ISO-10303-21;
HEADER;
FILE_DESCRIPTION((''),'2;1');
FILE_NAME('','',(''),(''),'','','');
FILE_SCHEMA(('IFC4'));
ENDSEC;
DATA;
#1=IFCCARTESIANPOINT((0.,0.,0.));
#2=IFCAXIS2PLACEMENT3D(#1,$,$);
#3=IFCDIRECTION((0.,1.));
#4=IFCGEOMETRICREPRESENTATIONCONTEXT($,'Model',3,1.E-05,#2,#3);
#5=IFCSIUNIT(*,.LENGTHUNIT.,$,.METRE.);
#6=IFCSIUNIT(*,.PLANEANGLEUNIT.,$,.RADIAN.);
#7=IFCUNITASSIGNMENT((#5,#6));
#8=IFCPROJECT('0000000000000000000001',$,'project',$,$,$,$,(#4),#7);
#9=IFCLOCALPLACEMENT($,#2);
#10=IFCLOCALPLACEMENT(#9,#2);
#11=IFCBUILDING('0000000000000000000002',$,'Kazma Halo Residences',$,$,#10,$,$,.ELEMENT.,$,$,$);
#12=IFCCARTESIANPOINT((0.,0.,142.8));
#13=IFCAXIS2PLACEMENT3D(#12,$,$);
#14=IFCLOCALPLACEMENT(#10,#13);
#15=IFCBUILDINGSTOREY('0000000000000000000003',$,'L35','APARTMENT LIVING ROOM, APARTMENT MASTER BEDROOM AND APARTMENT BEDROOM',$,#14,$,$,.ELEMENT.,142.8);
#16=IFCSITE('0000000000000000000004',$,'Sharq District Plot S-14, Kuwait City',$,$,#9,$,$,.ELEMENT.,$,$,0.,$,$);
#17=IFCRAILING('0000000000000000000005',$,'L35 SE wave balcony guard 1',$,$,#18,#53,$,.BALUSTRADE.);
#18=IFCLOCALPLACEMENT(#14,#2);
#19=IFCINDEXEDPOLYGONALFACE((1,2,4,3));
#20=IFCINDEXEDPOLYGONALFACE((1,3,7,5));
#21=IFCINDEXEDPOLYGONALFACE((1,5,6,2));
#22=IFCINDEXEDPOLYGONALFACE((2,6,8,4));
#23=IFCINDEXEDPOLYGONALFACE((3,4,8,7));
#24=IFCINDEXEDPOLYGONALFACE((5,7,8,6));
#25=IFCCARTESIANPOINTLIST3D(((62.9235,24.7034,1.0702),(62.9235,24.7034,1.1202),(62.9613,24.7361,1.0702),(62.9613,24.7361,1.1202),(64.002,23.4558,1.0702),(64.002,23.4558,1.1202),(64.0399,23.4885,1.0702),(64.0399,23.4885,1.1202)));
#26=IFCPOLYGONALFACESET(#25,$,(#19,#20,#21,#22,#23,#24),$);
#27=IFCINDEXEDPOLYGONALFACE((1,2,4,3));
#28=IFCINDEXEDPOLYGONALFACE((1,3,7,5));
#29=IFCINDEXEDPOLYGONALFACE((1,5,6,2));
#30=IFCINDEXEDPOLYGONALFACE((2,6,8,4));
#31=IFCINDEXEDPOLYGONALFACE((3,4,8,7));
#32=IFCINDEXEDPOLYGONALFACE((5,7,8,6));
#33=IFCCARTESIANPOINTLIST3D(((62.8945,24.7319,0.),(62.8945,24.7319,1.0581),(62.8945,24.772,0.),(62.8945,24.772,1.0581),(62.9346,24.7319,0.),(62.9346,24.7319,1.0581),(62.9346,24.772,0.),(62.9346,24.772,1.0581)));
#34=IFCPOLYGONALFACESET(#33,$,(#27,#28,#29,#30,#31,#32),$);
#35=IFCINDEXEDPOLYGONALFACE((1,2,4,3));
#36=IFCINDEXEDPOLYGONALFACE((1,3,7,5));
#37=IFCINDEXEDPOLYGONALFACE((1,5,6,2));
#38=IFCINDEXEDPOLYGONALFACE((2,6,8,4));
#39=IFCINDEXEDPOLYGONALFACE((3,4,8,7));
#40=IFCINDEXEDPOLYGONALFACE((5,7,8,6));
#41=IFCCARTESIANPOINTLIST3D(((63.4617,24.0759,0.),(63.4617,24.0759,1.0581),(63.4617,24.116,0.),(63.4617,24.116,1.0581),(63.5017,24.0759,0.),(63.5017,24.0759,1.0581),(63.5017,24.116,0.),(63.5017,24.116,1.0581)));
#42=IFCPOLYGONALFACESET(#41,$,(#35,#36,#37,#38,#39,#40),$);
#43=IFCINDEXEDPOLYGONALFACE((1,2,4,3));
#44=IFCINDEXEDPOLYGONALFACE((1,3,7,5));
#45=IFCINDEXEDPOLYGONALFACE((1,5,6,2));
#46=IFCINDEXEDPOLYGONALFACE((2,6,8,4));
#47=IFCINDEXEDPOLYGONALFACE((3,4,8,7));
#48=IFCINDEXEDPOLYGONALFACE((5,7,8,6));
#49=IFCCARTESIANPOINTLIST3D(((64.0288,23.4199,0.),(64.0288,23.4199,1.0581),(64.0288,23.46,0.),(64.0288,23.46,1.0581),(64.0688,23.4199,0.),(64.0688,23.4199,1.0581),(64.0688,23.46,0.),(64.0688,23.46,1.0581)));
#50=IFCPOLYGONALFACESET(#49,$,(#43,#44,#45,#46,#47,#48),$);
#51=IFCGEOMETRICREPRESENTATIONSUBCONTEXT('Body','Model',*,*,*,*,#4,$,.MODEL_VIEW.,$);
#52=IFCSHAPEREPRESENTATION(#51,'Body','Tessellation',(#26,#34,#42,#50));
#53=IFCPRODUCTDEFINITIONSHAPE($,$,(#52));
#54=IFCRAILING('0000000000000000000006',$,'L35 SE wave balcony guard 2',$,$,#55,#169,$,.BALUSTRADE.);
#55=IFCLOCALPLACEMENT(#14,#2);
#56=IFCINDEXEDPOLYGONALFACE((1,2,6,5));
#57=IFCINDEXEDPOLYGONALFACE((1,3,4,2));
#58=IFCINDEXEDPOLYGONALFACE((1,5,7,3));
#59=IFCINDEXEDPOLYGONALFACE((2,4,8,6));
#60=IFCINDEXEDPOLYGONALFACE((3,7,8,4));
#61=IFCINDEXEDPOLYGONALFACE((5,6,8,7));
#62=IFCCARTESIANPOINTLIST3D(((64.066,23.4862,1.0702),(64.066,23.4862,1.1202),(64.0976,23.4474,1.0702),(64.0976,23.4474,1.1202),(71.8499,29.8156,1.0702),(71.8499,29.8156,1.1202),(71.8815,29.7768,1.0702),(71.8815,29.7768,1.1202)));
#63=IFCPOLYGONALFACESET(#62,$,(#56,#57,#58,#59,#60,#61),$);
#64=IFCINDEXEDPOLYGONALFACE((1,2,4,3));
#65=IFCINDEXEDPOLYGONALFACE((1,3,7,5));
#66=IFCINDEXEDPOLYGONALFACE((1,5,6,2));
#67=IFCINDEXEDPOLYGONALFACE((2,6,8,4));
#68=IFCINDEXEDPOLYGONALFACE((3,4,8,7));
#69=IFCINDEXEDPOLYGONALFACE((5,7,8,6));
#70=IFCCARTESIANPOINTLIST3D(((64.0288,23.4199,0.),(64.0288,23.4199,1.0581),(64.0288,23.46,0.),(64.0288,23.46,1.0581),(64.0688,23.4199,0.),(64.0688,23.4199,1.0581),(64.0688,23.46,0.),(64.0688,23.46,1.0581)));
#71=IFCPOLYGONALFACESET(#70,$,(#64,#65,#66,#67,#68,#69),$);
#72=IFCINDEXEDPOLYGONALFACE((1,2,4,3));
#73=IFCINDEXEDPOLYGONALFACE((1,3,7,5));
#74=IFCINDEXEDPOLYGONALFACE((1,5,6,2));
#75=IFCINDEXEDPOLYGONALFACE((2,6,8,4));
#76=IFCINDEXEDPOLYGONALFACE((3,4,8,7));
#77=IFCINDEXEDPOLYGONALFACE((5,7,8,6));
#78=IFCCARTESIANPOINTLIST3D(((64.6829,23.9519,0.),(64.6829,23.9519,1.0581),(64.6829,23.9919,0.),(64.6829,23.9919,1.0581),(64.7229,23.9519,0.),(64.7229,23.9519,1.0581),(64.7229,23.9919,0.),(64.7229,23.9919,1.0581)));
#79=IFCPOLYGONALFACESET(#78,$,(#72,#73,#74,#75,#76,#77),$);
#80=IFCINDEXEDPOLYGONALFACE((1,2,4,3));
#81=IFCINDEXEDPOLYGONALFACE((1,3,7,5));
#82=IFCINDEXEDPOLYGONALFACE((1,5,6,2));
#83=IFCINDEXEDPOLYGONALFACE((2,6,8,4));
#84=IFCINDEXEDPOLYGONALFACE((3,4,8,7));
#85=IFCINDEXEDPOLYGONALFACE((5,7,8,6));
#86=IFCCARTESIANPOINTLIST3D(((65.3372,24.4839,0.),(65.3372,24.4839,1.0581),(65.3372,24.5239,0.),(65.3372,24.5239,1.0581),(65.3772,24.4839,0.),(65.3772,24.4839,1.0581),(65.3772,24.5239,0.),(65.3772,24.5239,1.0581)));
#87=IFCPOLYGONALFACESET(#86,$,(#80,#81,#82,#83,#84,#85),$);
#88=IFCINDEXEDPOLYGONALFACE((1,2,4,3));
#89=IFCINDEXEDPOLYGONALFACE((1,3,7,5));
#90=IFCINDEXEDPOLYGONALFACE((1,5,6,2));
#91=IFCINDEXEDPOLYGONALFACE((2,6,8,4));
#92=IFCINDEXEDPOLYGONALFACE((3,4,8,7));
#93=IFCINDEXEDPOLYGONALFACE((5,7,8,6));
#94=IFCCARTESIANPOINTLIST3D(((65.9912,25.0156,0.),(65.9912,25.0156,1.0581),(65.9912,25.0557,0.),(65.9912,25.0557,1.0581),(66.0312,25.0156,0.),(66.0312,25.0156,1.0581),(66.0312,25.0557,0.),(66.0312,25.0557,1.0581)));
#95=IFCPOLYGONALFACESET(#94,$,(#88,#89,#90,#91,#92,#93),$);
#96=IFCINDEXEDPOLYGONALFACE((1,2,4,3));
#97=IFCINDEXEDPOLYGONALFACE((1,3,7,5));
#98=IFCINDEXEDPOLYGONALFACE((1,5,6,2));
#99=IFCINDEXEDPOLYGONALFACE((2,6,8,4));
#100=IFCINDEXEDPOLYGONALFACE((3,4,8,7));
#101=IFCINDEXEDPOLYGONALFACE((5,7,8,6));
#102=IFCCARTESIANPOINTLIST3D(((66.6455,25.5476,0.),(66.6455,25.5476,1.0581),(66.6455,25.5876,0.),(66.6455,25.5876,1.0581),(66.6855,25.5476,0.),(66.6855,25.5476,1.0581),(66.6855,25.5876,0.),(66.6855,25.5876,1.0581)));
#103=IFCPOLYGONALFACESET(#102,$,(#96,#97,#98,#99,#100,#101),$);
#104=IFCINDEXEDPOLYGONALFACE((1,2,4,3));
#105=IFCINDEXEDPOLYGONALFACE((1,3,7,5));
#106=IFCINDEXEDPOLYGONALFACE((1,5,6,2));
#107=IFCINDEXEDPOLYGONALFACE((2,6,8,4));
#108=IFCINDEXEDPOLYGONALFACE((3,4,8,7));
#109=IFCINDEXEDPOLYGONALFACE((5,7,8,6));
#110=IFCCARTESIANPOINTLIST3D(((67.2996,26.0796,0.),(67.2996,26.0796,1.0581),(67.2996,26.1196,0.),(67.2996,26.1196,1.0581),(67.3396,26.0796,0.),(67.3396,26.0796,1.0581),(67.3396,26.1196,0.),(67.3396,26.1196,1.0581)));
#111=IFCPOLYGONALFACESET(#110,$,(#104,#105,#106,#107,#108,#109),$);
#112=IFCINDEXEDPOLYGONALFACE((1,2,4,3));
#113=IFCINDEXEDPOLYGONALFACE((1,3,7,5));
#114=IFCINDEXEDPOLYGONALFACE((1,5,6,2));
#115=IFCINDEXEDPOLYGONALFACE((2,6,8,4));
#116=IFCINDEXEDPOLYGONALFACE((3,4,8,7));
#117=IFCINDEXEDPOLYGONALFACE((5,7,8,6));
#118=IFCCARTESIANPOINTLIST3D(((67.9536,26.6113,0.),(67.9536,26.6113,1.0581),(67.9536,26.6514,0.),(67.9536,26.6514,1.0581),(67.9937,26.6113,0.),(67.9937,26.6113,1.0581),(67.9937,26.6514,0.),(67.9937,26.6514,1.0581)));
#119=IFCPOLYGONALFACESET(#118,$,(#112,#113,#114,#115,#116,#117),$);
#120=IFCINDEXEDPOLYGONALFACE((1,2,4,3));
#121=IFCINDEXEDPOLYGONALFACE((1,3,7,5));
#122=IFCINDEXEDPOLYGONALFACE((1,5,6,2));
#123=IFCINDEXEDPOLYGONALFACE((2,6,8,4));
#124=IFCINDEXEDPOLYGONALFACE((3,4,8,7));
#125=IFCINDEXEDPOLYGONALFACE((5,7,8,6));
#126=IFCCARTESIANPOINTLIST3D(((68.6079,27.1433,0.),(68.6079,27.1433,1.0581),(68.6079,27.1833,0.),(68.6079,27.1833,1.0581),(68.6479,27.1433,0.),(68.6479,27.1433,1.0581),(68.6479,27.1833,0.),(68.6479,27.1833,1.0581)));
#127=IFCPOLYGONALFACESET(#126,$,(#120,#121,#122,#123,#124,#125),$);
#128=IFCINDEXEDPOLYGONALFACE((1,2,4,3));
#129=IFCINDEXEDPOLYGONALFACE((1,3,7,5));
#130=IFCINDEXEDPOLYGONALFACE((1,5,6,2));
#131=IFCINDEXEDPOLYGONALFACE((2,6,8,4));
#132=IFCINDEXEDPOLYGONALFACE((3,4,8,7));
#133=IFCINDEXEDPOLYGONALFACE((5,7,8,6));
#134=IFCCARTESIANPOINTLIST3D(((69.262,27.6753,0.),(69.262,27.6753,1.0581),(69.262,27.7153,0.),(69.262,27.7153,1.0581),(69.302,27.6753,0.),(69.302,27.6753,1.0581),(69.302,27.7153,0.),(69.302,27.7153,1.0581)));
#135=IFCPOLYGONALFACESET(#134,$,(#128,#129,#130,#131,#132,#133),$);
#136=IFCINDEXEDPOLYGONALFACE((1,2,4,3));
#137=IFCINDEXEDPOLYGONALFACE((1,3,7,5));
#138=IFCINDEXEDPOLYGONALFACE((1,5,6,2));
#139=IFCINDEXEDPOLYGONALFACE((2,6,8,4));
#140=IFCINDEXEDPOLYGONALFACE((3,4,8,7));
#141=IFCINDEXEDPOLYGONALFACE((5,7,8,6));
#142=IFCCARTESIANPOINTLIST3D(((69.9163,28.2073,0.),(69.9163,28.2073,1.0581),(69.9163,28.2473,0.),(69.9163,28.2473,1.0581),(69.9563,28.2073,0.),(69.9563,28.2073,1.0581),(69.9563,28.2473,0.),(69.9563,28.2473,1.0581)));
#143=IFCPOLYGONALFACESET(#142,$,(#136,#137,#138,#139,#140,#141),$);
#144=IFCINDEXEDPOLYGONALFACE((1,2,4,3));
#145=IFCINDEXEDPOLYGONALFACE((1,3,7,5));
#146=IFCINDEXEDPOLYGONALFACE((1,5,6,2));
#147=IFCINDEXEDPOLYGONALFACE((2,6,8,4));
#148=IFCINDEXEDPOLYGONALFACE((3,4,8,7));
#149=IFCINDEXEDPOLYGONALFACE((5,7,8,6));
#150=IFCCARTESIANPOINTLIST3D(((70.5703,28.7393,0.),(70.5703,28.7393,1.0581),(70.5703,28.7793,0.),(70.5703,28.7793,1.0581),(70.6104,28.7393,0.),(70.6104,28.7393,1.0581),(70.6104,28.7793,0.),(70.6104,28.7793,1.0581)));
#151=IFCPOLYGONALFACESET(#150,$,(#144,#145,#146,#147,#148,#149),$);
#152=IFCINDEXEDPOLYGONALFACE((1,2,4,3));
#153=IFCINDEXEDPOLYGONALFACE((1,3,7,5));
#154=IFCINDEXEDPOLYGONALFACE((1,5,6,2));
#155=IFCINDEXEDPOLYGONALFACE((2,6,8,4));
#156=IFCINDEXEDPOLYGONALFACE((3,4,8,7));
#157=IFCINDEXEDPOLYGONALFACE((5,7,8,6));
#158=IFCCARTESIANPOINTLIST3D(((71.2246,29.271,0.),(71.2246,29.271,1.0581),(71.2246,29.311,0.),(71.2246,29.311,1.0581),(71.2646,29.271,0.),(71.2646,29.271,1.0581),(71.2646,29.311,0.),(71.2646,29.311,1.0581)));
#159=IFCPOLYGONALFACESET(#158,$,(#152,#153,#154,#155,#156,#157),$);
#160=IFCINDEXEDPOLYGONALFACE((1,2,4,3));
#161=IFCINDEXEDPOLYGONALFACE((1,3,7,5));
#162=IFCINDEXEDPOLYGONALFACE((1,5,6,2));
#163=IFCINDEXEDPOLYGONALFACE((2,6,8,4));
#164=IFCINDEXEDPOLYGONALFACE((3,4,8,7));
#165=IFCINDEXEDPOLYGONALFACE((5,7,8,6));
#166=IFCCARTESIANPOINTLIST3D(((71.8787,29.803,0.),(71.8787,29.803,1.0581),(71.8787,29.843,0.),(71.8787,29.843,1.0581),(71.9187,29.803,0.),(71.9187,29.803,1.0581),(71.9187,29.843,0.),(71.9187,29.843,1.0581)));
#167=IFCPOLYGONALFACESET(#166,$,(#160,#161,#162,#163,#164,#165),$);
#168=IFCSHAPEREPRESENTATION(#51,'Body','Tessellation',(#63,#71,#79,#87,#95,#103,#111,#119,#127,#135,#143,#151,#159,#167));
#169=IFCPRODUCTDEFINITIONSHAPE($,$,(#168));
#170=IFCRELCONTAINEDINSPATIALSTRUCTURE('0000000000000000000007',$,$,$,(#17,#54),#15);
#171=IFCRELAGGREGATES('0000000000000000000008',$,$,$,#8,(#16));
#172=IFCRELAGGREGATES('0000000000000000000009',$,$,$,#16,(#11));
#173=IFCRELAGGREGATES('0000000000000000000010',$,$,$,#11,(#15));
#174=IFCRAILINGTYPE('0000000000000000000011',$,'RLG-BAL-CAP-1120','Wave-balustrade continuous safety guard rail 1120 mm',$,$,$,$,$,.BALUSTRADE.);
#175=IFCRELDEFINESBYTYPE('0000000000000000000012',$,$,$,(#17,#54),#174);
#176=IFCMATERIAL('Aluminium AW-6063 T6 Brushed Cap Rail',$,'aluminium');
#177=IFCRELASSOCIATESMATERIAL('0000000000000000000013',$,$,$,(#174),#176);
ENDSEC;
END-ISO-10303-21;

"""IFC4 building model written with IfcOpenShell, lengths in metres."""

from ifc_helpers import new_model, si_unit, direction, frame, origin, origin_2d, place, context, subcontext, project, spatial, rectangle, extrude, material, type_object, element, save


model = new_model("IFC4")

# Units and contexts
model_context = context("Model", 3, precision=1e-05, world=origin(), true_north=direction((0.0, 1.0)))
body_context = subcontext(model_context, "Body", "Model", "MODEL_VIEW")
ifc_project = project(units=[si_unit("LENGTHUNIT", "METRE"), si_unit("PLANEANGLEUNIT", "RADIAN")], contexts=[model_context])

# Site, building, storey
site_placement = place(None, origin())
site = spatial("IfcSite", under=ifc_project, at=site_placement, Name="Sharq District Plot S-14, Kuwait City", CompositionType="ELEMENT", RefElevation=0.0)
building_placement = place(site_placement, origin())
building = spatial("IfcBuilding", under=site, at=building_placement, Name="Kazma Halo Residences", CompositionType="ELEMENT")
storey_placement = place(building_placement, frame((0.0, 0.0, 142.8)))
storey = spatial("IfcBuildingStorey", under=building, at=storey_placement, Name="L35", Description="APARTMENT LIVING ROOM, APARTMENT MASTER BEDROOM AND APARTMENT BEDROOM", CompositionType="ELEMENT", Elevation=142.8)

# Railings
ifc_material_1 = material(Name="Aluminium AW-6063 T6 Brushed Cap Rail", Category="aluminium")
railing_type = type_object("IfcRailingType", Name="RLG-BAL-CAP-1120", Description="Wave-balustrade continuous safety guard rail 1120 mm", PredefinedType="BALUSTRADE", material=ifc_material_1)
railing_1_placement = place(storey_placement, frame((62.9146, 24.752, 0.0)))
element("IfcRailing", 1, at=railing_1_placement, inside=storey, type_object=railing_type, Name="L35 SE wave balcony guard 1", PredefinedType="BALUSTRADE", context=body_context, shape_type="SweptSolid", body=[
    extrude(rectangle(XDim=0.05, YDim=0.05, at=origin_2d()), frame((0.0278, -0.0322, 1.0952), z_axis=(0.654008, -0.756487, 0.0), x_axis=(0.756487, 0.654008, 0.0)), (0.0, 0.0, 1.0), 1.6492),
    extrude(rectangle(XDim=0.04, YDim=0.04, at=origin_2d()), origin(), (0.0, 0.0, 1.0), 1.0581),
    extrude(rectangle(XDim=0.04, YDim=0.04, at=origin_2d()), frame((0.5671, -0.656, 0.0)), (0.0, 0.0, 1.0), 1.0581),
    extrude(rectangle(XDim=0.04, YDim=0.04, at=origin_2d()), frame((1.1343, -1.312, 0.0)), (0.0, 0.0, 1.0), 1.0581),
])
railing_2_placement = place(storey_placement, frame((64.0488, 23.4399, 0.0)))
element("IfcRailing", 2, at=railing_2_placement, inside=storey, type_object=railing_type, Name="L35 SE wave balcony guard 2", PredefinedType="BALUSTRADE", context=body_context, shape_type="SweptSolid", body=[
    extrude(rectangle(XDim=0.05, YDim=0.05, at=origin_2d()), frame((0.033, 0.0269, 1.0952), z_axis=(0.77587, 0.630893, 0.0), x_axis=(-0.630893, 0.77587, 0.0)), (0.0, 0.0, 1.0), 10.0325),
    extrude(rectangle(XDim=0.04, YDim=0.04, at=origin_2d()), origin(), (0.0, 0.0, 1.0), 1.0581),
    extrude(rectangle(XDim=0.04, YDim=0.04, at=origin_2d()), frame((0.6541, 0.532, 0.0)), (0.0, 0.0, 1.0), 1.0581),
    extrude(rectangle(XDim=0.04, YDim=0.04, at=origin_2d()), frame((1.3083, 1.064, 0.0)), (0.0, 0.0, 1.0), 1.0581),
    extrude(rectangle(XDim=0.04, YDim=0.04, at=origin_2d()), frame((1.9624, 1.5957, 0.0)), (0.0, 0.0, 1.0), 1.0581),
    extrude(rectangle(XDim=0.04, YDim=0.04, at=origin_2d()), frame((2.6167, 2.1277, 0.0)), (0.0, 0.0, 1.0), 1.0581),
    extrude(rectangle(XDim=0.04, YDim=0.04, at=origin_2d()), frame((3.2708, 2.6597, 0.0)), (0.0, 0.0, 1.0), 1.0581),
    extrude(rectangle(XDim=0.04, YDim=0.04, at=origin_2d()), frame((3.9248, 3.1914, 0.0)), (0.0, 0.0, 1.0), 1.0581),
    extrude(rectangle(XDim=0.04, YDim=0.04, at=origin_2d()), frame((4.5791, 3.7234, 0.0)), (0.0, 0.0, 1.0), 1.0581),
    extrude(rectangle(XDim=0.04, YDim=0.04, at=origin_2d()), frame((5.2332, 4.2554, 0.0)), (0.0, 0.0, 1.0), 1.0581),
    extrude(rectangle(XDim=0.04, YDim=0.04, at=origin_2d()), frame((5.8875, 4.7874, 0.0)), (0.0, 0.0, 1.0), 1.0581),
    extrude(rectangle(XDim=0.04, YDim=0.04, at=origin_2d()), frame((6.5415, 5.3193, 0.0)), (0.0, 0.0, 1.0), 1.0581),
    extrude(rectangle(XDim=0.04, YDim=0.04, at=origin_2d()), frame((7.1958, 5.8511, 0.0)), (0.0, 0.0, 1.0), 1.0581),
    extrude(rectangle(XDim=0.04, YDim=0.04, at=origin_2d()), frame((7.8499, 6.3831, 0.0)), (0.0, 0.0, 1.0), 1.0581),
])

save(model, "model.ifc")
